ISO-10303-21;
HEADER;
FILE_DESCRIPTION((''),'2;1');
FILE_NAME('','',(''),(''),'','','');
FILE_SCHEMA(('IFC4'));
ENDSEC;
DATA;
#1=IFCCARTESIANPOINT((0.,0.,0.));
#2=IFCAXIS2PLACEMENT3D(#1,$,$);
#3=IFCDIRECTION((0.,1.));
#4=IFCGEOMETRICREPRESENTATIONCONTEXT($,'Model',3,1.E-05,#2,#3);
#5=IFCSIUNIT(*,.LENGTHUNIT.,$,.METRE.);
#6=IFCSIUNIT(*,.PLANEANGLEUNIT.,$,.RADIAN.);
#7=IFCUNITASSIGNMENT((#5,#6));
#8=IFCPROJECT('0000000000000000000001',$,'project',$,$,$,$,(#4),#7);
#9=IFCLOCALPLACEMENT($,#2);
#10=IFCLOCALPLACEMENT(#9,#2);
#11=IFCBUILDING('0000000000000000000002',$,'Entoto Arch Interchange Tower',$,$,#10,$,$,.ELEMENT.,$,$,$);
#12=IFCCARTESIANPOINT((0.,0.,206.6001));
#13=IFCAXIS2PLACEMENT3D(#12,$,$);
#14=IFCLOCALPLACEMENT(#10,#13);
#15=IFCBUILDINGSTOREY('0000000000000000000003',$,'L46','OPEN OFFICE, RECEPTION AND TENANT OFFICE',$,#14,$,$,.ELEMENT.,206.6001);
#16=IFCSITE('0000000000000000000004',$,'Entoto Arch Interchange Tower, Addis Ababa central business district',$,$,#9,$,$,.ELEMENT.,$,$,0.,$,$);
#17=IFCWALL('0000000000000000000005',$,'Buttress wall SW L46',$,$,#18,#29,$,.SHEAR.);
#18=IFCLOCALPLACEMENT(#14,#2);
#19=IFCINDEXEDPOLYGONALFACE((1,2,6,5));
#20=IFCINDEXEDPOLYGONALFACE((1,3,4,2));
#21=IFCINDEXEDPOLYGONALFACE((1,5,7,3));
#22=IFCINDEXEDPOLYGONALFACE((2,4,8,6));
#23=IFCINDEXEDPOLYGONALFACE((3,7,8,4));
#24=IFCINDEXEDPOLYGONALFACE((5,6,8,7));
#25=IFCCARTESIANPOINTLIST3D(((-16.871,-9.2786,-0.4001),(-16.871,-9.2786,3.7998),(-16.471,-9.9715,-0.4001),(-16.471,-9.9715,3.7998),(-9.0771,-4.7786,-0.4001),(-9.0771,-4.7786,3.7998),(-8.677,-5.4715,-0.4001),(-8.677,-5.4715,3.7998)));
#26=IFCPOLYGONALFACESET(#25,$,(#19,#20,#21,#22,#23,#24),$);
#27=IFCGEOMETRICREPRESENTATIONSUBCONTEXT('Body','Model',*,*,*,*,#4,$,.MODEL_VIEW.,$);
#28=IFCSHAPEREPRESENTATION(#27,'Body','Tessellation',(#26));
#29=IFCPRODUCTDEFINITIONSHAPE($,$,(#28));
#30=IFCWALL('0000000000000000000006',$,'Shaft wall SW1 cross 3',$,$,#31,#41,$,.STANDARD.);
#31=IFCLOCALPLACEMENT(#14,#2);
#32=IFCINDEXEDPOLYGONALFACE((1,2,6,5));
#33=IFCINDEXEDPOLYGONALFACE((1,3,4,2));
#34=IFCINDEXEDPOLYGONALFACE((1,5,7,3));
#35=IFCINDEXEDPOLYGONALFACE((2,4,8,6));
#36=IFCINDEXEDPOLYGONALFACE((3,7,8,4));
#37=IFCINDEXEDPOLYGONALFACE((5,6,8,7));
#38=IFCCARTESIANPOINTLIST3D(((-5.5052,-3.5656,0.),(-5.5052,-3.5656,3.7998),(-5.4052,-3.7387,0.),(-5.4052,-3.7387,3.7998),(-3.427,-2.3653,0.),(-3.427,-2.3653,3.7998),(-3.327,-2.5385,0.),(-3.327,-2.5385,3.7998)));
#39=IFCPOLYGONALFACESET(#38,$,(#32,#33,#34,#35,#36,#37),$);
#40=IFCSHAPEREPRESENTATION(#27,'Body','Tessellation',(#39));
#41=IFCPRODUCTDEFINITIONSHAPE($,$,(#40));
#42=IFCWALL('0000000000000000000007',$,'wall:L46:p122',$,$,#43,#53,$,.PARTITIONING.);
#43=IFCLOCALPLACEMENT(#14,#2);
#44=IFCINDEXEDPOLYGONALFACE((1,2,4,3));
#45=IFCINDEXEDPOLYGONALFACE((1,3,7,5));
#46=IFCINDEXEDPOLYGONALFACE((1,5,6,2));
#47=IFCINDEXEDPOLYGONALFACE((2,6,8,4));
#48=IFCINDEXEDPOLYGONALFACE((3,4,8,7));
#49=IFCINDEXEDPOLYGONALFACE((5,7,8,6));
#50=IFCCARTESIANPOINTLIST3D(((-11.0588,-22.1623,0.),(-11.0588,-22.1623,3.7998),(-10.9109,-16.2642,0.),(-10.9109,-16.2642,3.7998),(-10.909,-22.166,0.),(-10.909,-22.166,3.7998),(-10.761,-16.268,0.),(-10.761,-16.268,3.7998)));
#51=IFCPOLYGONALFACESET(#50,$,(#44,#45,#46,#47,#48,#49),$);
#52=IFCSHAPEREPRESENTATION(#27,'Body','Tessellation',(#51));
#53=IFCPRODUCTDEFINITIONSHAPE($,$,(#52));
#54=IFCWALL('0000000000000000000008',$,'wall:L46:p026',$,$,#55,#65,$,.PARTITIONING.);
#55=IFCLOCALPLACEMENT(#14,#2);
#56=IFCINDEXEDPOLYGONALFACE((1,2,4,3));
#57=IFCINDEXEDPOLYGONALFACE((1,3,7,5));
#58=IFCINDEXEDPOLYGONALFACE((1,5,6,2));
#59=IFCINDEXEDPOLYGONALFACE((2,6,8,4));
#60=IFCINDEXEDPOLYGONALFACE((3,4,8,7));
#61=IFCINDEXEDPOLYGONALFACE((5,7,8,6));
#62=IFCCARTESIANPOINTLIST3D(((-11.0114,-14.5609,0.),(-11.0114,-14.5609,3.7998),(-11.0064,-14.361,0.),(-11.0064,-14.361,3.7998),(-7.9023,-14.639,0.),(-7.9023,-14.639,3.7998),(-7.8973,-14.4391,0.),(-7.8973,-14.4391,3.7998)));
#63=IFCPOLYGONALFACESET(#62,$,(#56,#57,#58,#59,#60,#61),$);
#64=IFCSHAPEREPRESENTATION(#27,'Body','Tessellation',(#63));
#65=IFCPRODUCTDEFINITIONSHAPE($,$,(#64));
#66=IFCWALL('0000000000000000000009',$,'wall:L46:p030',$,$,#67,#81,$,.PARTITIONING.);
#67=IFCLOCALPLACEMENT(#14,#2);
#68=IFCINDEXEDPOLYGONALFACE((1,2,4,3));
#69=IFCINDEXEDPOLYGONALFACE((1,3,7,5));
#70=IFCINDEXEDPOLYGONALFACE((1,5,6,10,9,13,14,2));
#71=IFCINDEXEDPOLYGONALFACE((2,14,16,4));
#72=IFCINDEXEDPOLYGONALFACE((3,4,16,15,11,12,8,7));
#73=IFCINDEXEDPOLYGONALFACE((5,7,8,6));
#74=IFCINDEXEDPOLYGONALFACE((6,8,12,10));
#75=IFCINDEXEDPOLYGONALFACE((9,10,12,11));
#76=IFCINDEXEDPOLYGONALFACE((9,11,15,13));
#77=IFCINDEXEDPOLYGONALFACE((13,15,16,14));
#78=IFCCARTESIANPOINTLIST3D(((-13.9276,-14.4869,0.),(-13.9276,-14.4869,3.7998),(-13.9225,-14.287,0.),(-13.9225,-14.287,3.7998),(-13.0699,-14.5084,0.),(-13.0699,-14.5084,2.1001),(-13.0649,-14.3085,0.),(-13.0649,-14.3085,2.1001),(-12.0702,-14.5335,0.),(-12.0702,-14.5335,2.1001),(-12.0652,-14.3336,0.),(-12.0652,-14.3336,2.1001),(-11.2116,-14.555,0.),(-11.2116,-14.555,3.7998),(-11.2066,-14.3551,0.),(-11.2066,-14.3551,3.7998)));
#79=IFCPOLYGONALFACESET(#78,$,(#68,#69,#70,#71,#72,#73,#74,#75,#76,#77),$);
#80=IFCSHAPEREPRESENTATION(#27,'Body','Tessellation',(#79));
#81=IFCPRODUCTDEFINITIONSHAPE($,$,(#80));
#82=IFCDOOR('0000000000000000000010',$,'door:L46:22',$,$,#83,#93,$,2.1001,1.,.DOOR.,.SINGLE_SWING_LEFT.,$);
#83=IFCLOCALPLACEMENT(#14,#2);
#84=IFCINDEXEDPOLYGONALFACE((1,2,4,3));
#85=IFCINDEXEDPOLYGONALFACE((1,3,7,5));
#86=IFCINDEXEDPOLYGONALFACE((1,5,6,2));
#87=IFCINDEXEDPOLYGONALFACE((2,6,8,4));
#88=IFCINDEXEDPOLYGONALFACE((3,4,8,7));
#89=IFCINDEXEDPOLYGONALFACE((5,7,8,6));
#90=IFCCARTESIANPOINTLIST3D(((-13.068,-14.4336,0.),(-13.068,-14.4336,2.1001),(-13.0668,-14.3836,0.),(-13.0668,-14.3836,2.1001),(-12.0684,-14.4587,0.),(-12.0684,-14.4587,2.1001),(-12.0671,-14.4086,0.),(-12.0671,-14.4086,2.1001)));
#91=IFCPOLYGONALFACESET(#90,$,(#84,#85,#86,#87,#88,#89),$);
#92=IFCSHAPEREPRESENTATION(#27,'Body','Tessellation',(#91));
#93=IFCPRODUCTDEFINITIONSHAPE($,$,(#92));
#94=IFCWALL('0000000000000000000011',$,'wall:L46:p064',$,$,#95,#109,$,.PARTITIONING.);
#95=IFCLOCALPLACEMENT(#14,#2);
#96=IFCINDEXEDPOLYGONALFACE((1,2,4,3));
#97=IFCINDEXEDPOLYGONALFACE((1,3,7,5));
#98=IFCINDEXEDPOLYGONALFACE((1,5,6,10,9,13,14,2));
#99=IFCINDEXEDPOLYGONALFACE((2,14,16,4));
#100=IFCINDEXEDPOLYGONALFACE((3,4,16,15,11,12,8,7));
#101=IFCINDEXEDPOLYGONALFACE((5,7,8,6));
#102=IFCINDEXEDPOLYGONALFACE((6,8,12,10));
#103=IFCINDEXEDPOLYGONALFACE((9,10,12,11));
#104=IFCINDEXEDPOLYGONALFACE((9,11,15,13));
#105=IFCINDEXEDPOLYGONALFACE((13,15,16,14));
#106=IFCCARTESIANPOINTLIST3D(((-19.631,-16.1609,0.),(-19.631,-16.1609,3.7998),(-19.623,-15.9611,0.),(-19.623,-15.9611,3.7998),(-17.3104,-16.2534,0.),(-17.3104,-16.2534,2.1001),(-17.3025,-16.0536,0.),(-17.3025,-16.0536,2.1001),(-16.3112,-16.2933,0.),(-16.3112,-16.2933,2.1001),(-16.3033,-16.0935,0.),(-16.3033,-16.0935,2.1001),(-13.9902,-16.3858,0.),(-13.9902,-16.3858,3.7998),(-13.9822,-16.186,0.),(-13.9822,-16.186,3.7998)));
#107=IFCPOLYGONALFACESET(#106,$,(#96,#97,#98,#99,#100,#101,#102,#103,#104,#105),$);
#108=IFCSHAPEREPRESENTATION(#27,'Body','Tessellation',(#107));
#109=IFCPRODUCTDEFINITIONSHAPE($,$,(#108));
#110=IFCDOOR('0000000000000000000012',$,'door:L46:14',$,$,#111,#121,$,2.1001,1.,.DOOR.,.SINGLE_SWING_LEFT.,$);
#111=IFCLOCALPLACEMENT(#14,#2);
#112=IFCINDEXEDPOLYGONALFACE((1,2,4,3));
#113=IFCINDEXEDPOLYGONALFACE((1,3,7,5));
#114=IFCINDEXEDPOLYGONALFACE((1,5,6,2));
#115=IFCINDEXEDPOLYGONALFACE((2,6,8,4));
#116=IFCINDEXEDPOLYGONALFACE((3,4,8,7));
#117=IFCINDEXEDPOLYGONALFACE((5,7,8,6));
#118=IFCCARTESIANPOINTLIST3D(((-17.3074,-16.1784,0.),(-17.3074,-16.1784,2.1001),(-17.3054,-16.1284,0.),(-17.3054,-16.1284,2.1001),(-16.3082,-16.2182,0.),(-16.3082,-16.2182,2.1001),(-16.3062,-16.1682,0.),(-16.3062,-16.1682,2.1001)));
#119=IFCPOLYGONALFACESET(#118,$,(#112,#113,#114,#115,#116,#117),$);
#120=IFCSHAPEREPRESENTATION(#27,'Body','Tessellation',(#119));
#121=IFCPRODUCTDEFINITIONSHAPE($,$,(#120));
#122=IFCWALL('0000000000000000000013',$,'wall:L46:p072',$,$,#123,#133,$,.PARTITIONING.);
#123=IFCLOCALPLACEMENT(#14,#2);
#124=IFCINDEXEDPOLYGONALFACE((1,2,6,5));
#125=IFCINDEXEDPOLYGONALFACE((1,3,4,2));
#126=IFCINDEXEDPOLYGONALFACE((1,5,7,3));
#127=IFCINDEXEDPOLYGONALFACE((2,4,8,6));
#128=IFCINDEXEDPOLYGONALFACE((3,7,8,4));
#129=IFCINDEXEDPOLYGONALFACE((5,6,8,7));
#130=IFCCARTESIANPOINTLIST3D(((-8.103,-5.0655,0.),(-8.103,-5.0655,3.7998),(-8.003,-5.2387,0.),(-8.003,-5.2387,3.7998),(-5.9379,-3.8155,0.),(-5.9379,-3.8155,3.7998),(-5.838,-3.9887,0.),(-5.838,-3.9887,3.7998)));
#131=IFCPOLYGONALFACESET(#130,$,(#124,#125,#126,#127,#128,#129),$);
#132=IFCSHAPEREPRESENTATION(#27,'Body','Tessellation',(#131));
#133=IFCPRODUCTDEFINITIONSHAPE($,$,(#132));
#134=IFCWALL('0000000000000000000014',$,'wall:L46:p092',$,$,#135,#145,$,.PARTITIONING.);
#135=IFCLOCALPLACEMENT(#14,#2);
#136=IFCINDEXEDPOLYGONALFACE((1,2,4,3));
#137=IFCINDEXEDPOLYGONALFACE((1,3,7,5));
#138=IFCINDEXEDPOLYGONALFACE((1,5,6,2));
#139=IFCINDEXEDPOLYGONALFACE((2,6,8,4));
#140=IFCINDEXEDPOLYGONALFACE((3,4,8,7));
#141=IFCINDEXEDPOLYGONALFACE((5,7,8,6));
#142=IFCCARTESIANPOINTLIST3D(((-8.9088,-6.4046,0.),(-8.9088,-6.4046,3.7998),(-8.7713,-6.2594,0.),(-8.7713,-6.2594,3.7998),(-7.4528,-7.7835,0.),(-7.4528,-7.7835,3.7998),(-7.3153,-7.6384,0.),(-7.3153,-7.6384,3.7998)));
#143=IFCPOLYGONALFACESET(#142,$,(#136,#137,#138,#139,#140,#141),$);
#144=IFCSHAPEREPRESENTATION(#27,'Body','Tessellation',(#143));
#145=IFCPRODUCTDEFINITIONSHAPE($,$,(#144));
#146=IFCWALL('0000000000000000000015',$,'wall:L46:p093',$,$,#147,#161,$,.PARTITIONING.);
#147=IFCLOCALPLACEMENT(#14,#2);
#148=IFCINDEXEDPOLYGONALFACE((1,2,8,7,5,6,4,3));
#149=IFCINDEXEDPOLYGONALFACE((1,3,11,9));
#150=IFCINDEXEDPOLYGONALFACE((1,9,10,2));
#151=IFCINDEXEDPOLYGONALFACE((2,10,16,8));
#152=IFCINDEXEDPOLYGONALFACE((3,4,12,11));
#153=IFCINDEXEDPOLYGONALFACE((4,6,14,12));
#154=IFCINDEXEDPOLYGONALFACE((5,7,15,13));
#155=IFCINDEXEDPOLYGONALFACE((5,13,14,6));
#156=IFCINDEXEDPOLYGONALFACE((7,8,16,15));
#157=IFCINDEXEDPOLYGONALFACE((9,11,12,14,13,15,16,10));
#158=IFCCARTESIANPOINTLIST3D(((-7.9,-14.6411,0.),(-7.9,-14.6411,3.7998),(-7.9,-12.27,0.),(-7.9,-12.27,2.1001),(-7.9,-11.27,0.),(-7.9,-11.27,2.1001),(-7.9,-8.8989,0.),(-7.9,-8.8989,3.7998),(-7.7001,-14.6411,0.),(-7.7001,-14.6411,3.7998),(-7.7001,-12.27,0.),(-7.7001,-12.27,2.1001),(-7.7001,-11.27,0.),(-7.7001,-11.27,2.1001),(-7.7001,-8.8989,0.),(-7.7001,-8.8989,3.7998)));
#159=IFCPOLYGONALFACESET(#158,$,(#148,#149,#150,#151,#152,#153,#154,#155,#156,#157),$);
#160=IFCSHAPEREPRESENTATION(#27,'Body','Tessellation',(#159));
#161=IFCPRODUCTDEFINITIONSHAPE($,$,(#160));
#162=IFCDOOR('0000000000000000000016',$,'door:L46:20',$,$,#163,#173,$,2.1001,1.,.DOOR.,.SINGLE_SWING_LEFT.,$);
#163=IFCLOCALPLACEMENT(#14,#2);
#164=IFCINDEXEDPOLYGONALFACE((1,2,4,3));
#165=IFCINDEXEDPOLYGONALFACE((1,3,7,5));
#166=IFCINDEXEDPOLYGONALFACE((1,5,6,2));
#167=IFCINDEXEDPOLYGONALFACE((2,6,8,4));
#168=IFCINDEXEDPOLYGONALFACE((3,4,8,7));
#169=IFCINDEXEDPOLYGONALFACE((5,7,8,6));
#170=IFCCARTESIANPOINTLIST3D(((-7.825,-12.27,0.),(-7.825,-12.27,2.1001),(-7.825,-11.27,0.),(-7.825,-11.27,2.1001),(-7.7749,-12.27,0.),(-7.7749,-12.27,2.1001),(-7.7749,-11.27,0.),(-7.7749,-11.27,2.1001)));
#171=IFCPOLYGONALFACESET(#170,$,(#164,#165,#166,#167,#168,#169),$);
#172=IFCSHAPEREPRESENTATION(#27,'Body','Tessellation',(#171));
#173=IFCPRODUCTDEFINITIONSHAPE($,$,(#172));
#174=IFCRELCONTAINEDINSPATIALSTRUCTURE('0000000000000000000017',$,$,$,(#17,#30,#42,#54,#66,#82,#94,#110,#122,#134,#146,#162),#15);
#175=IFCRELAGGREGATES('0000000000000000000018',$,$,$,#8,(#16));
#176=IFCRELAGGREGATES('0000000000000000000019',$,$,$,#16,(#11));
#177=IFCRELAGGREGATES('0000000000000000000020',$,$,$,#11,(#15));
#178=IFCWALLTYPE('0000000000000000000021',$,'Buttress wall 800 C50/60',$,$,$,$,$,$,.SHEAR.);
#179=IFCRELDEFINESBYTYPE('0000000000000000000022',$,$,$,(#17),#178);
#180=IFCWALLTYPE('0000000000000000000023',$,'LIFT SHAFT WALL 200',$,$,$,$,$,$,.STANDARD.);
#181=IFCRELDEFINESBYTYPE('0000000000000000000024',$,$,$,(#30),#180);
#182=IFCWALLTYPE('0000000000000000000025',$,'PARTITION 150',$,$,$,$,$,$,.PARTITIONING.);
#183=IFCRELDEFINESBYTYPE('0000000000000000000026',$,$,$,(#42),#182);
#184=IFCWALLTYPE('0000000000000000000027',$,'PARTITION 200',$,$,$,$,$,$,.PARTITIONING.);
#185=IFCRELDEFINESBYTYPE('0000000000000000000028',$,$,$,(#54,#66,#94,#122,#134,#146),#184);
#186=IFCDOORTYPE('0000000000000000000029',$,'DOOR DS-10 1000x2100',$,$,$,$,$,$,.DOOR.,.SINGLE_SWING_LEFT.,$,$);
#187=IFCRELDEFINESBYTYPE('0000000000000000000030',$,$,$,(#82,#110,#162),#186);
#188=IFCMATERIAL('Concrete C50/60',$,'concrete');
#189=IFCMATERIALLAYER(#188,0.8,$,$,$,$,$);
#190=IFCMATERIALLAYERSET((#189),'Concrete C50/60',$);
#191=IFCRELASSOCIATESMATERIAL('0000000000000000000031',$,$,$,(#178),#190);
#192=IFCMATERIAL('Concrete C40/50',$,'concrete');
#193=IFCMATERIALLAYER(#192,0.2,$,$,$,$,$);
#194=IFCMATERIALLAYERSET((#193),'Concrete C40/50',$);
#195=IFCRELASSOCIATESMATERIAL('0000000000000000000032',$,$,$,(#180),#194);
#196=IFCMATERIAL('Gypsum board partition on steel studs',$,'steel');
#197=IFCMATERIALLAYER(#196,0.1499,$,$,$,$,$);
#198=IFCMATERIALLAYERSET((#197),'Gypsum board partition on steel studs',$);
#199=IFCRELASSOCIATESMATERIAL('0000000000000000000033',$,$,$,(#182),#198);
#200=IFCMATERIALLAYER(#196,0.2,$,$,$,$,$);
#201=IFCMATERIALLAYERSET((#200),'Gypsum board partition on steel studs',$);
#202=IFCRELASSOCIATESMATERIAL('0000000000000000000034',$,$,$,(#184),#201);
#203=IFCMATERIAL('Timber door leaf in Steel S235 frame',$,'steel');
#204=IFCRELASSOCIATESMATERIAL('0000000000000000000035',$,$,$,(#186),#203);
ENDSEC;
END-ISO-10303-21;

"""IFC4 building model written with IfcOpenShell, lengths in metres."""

from ifc_helpers import new_model, si_unit, direction, frame, frame_2d, origin, place, context, subcontext, project, spatial, rectangle, extrude, material, layer, layer_set, type_object, element, fill, save


model = new_model("IFC4")

# Units and contexts
model_context = context("Model", 3, precision=1e-05, world=origin(), true_north=direction((0.0, 1.0)))
body_context = subcontext(model_context, "Body", "Model", "MODEL_VIEW")
ifc_project = project(units=[si_unit("LENGTHUNIT", "METRE"), si_unit("PLANEANGLEUNIT", "RADIAN")], contexts=[model_context])

# Site, building, storey
site_placement = place(None, origin())
site = spatial("IfcSite", under=ifc_project, at=site_placement, Name="Entoto Arch Interchange Tower, Addis Ababa central business district", CompositionType="ELEMENT", RefElevation=0.0)
building_placement = place(site_placement, origin())
building = spatial("IfcBuilding", under=site, at=building_placement, Name="Entoto Arch Interchange Tower", CompositionType="ELEMENT")
storey_placement = place(building_placement, frame((0.0, 0.0, 206.6001)))
storey = spatial("IfcBuildingStorey", under=building, at=storey_placement, Name="L46", Description="OPEN OFFICE, RECEPTION AND TENANT OFFICE", CompositionType="ELEMENT", Elevation=206.6001)

# Walls
ifc_material_1 = material(Name="Concrete C50/60", Category="concrete")
ifc_layer_1 = layer(ifc_material_1, 0.8)
ifc_layer_set_1 = layer_set([ifc_layer_1], Name="Concrete C50/60")
wall_type_1 = type_object("IfcWallType", Name="Buttress wall 800 C50/60", PredefinedType="SHEAR", material=ifc_layer_set_1)
wall_1_placement = place(storey_placement, frame((-8.877, -5.125, -0.4001), z_axis=(0.0, 0.0, 1.0), x_axis=(-0.866018, -0.500014, 0.0)))
element("IfcWall", 1, at=wall_1_placement, inside=storey, type_object=wall_type_1, Name="Buttress wall SW L46", PredefinedType="SHEAR", context=body_context, shape_type="SweptSolid", body=[
    extrude(rectangle(XDim=8.9998, YDim=0.8, at=frame_2d((4.5, 0.0))), origin(), (0.0, 0.0, 1.0), 4.2),
])
ifc_material_2 = material(Name="Concrete C40/50", Category="concrete")
ifc_layer_2 = layer(ifc_material_2, 0.2)
ifc_layer_set_2 = layer_set([ifc_layer_2], Name="Concrete C40/50")
wall_type_2 = type_object("IfcWallType", Name="LIFT SHAFT WALL 200", PredefinedType="STANDARD", material=ifc_layer_set_2)
wall_2_placement = place(storey_placement, frame((-3.377, -2.4519, 0.0), z_axis=(0.0, 0.0, 1.0), x_axis=(-0.865955, -0.500122, 0.0)))
element("IfcWall", 2, at=wall_2_placement, inside=storey, type_object=wall_type_2, Name="Shaft wall SW1 cross 3", PredefinedType="STANDARD", context=body_context, shape_type="SweptSolid", body=[
    extrude(rectangle(XDim=2.3999, YDim=0.2, at=frame_2d((1.2, 0.0))), origin(), (0.0, 0.0, 1.0), 3.7998),
])
ifc_material_3 = material(Name="Gypsum board partition on steel studs", Category="steel")
ifc_layer_3 = layer(ifc_material_3, 0.1499)
ifc_layer_set_3 = layer_set([ifc_layer_3], Name="Gypsum board partition on steel studs")
wall_type_3 = type_object("IfcWallType", Name="PARTITION 150", PredefinedType="PARTITIONING", material=ifc_layer_set_3)
wall_3_placement = place(storey_placement, frame((-10.8359, -16.2661, 0.0), z_axis=(0.0, 0.0, 1.0), x_axis=(-0.025077, -0.999686, 0.0)))
element("IfcWall", 3, at=wall_3_placement, inside=storey, type_object=wall_type_3, Name="wall:L46:p122", PredefinedType="PARTITIONING", context=body_context, shape_type="SweptSolid", body=[
    extrude(rectangle(XDim=5.8999, YDim=0.1499, at=frame_2d((2.95, 0.0))), origin(), (0.0, 0.0, 1.0), 3.7998),
])
ifc_layer_4 = layer(ifc_material_3, 0.2)
ifc_layer_set_4 = layer_set([ifc_layer_4], Name="Gypsum board partition on steel studs")
wall_type_4 = type_object("IfcWallType", Name="PARTITION 200", PredefinedType="PARTITIONING", material=ifc_layer_set_4)
wall_4_placement = place(storey_placement, frame((-11.009, -14.4609, 0.0), z_axis=(0.0, 0.0, 1.0), x_axis=(0.999684, -0.02512, 0.0)))
element("IfcWall", 4, at=wall_4_placement, inside=storey, type_object=wall_type_4, Name="wall:L46:p026", PredefinedType="PARTITIONING", context=body_context, shape_type="SweptSolid", body=[
    extrude(rectangle(XDim=3.1101, YDim=0.2, at=frame_2d((1.5552, 0.0))), origin(), (0.0, 0.0, 1.0), 3.7998),
])

# Walls, openings, doors
wall_5_placement = place(storey_placement, frame((-13.925, -14.387, 0.0), z_axis=(0.0, 0.0, 1.0), x_axis=(0.999686, -0.025071, 0.0)))
wall_5 = element("IfcWall", 5, at=wall_5_placement, inside=storey, type_object=wall_type_4, Name="wall:L46:p030", PredefinedType="PARTITIONING", context=body_context, shape_type="SweptSolid", body=[
    extrude(rectangle(XDim=2.7168, YDim=0.2, at=frame_2d((1.3584, 0.0))), origin(), (0.0, 0.0, 1.0), 3.7998),
])
opening_1_placement = place(wall_5_placement, frame((0.8579, 0.0, 0.0)))
opening_1 = element("IfcOpeningElement", 6, at=opening_1_placement, cuts=wall_5, PredefinedType="OPENING", context=body_context, shape_type="SweptSolid", body=[
    extrude(rectangle(XDim=1.0, YDim=2.1001, at=frame_2d((0.5, 1.05))), frame((0.0, 0.1099, 0.0), z_axis=(0.0, -1.0, 0.0), x_axis=(1.0, 0.0, 0.0)), (0.0, 0.0, 1.0), 0.22),
])
ifc_material_4 = material(Name="Timber door leaf in Steel S235 frame", Category="steel")
door_type = type_object("IfcDoorType", Name="DOOR DS-10 1000x2100", OperationType="SINGLE_SWING_LEFT", PredefinedType="DOOR", material=ifc_material_4)
door_1_placement = place(opening_1_placement, origin())
door_1 = element("IfcDoor", 7, at=door_1_placement, inside=storey, type_object=door_type, Name="door:L46:22", OperationType="SINGLE_SWING_LEFT", OverallHeight=2.1001, OverallWidth=1.0, PredefinedType="DOOR", context=body_context, shape_type="SweptSolid", body=[
    extrude(rectangle(XDim=1.0, YDim=2.1001, at=frame_2d((0.5, 1.05))), frame((0.0, 0.0249, 0.0), z_axis=(0.0, -1.0, 0.0), x_axis=(1.0, 0.0, 0.0)), (0.0, 0.0, 1.0), 0.05),
])
fill(opening_1, door_1)
wall_6_placement = place(storey_placement, frame((-13.9861, -16.2859, 0.0), z_axis=(0.0, 0.0, 1.0), x_axis=(-0.999206, 0.03983, 0.0)))
wall_6 = element("IfcWall", 8, at=wall_6_placement, inside=storey, type_object=wall_type_4, Name="wall:L46:p064", PredefinedType="PARTITIONING", context=body_context, shape_type="SweptSolid", body=[
    extrude(rectangle(XDim=5.6453, YDim=0.2, at=frame_2d((2.8228, 0.0))), origin(), (0.0, 0.0, 1.0), 3.7998),
])
opening_2_placement = place(wall_6_placement, frame((2.323, 0.0, 0.0)))
opening_2 = element("IfcOpeningElement", 9, at=opening_2_placement, cuts=wall_6, PredefinedType="OPENING", context=body_context, shape_type="SweptSolid", body=[
    extrude(rectangle(XDim=1.0, YDim=2.1001, at=frame_2d((0.5, 1.05))), frame((0.0, 0.1099, 0.0), z_axis=(0.0, -1.0, 0.0), x_axis=(1.0, 0.0, 0.0)), (0.0, 0.0, 1.0), 0.22),
])
door_2_placement = place(opening_2_placement, origin())
door_2 = element("IfcDoor", 10, at=door_2_placement, inside=storey, type_object=door_type, Name="door:L46:14", OperationType="SINGLE_SWING_LEFT", OverallHeight=2.1001, OverallWidth=1.0, PredefinedType="DOOR", context=body_context, shape_type="SweptSolid", body=[
    extrude(rectangle(XDim=1.0, YDim=2.1001, at=frame_2d((0.5, 1.05))), frame((0.0, 0.0249, 0.0), z_axis=(0.0, -1.0, 0.0), x_axis=(1.0, 0.0, 0.0)), (0.0, 0.0, 1.0), 0.05),
])
fill(opening_2, door_2)

# Walls
wall_7_placement = place(storey_placement, frame((-5.8879, -3.9021, 0.0), z_axis=(0.0, 0.0, 1.0), x_axis=(-0.866023, -0.500004, 0.0)))
element("IfcWall", 11, at=wall_7_placement, inside=storey, type_object=wall_type_4, Name="wall:L46:p072", PredefinedType="PARTITIONING", context=body_context, shape_type="SweptSolid", body=[
    extrude(rectangle(XDim=2.5, YDim=0.2, at=frame_2d((1.25, 0.0))), origin(), (0.0, 0.0, 1.0), 3.7998),
])
wall_8_placement = place(storey_placement, frame((-8.8401, -6.332, 0.0), z_axis=(0.0, 0.0, 1.0), x_axis=(0.726081, -0.68761, 0.0)))
element("IfcWall", 12, at=wall_8_placement, inside=storey, type_object=wall_type_4, Name="wall:L46:p092", PredefinedType="PARTITIONING", context=body_context, shape_type="SweptSolid", body=[
    extrude(rectangle(XDim=2.0054, YDim=0.2, at=frame_2d((1.0027, 0.0))), origin(), (0.0, 0.0, 1.0), 3.7998),
])

# Wall, opening, door
wall_9_placement = place(storey_placement, frame((-7.8, -14.6411, 0.0), z_axis=(0.0, 0.0, 1.0), x_axis=(0.0, 1.0, 0.0)))
wall_9 = element("IfcWall", 13, at=wall_9_placement, inside=storey, type_object=wall_type_4, Name="wall:L46:p093", PredefinedType="PARTITIONING", context=body_context, shape_type="SweptSolid", body=[
    extrude(rectangle(XDim=5.7422, YDim=0.2, at=frame_2d((2.8711, 0.0))), origin(), (0.0, 0.0, 1.0), 3.7998),
])
opening_3_placement = place(wall_9_placement, frame((2.3711, 0.0, 0.0)))
opening_3 = element("IfcOpeningElement", 14, at=opening_3_placement, cuts=wall_9, PredefinedType="OPENING", context=body_context, shape_type="SweptSolid", body=[
    extrude(rectangle(XDim=1.0, YDim=2.1001, at=frame_2d((0.5, 1.05))), frame((0.0, 0.1099, 0.0), z_axis=(0.0, -1.0, 0.0), x_axis=(1.0, 0.0, 0.0)), (0.0, 0.0, 1.0), 0.22),
])
door_3_placement = place(opening_3_placement, origin())
door_3 = element("IfcDoor", 15, at=door_3_placement, inside=storey, type_object=door_type, Name="door:L46:20", OperationType="SINGLE_SWING_LEFT", OverallHeight=2.1001, OverallWidth=1.0, PredefinedType="DOOR", context=body_context, shape_type="SweptSolid", body=[
    extrude(rectangle(XDim=1.0, YDim=2.1001, at=frame_2d((0.5, 1.05))), frame((0.0, 0.0249, 0.0), z_axis=(0.0, -1.0, 0.0), x_axis=(1.0, 0.0, 0.0)), (0.0, 0.0, 1.0), 0.05),
])
fill(opening_3, door_3)

save(model, "model.ifc")
